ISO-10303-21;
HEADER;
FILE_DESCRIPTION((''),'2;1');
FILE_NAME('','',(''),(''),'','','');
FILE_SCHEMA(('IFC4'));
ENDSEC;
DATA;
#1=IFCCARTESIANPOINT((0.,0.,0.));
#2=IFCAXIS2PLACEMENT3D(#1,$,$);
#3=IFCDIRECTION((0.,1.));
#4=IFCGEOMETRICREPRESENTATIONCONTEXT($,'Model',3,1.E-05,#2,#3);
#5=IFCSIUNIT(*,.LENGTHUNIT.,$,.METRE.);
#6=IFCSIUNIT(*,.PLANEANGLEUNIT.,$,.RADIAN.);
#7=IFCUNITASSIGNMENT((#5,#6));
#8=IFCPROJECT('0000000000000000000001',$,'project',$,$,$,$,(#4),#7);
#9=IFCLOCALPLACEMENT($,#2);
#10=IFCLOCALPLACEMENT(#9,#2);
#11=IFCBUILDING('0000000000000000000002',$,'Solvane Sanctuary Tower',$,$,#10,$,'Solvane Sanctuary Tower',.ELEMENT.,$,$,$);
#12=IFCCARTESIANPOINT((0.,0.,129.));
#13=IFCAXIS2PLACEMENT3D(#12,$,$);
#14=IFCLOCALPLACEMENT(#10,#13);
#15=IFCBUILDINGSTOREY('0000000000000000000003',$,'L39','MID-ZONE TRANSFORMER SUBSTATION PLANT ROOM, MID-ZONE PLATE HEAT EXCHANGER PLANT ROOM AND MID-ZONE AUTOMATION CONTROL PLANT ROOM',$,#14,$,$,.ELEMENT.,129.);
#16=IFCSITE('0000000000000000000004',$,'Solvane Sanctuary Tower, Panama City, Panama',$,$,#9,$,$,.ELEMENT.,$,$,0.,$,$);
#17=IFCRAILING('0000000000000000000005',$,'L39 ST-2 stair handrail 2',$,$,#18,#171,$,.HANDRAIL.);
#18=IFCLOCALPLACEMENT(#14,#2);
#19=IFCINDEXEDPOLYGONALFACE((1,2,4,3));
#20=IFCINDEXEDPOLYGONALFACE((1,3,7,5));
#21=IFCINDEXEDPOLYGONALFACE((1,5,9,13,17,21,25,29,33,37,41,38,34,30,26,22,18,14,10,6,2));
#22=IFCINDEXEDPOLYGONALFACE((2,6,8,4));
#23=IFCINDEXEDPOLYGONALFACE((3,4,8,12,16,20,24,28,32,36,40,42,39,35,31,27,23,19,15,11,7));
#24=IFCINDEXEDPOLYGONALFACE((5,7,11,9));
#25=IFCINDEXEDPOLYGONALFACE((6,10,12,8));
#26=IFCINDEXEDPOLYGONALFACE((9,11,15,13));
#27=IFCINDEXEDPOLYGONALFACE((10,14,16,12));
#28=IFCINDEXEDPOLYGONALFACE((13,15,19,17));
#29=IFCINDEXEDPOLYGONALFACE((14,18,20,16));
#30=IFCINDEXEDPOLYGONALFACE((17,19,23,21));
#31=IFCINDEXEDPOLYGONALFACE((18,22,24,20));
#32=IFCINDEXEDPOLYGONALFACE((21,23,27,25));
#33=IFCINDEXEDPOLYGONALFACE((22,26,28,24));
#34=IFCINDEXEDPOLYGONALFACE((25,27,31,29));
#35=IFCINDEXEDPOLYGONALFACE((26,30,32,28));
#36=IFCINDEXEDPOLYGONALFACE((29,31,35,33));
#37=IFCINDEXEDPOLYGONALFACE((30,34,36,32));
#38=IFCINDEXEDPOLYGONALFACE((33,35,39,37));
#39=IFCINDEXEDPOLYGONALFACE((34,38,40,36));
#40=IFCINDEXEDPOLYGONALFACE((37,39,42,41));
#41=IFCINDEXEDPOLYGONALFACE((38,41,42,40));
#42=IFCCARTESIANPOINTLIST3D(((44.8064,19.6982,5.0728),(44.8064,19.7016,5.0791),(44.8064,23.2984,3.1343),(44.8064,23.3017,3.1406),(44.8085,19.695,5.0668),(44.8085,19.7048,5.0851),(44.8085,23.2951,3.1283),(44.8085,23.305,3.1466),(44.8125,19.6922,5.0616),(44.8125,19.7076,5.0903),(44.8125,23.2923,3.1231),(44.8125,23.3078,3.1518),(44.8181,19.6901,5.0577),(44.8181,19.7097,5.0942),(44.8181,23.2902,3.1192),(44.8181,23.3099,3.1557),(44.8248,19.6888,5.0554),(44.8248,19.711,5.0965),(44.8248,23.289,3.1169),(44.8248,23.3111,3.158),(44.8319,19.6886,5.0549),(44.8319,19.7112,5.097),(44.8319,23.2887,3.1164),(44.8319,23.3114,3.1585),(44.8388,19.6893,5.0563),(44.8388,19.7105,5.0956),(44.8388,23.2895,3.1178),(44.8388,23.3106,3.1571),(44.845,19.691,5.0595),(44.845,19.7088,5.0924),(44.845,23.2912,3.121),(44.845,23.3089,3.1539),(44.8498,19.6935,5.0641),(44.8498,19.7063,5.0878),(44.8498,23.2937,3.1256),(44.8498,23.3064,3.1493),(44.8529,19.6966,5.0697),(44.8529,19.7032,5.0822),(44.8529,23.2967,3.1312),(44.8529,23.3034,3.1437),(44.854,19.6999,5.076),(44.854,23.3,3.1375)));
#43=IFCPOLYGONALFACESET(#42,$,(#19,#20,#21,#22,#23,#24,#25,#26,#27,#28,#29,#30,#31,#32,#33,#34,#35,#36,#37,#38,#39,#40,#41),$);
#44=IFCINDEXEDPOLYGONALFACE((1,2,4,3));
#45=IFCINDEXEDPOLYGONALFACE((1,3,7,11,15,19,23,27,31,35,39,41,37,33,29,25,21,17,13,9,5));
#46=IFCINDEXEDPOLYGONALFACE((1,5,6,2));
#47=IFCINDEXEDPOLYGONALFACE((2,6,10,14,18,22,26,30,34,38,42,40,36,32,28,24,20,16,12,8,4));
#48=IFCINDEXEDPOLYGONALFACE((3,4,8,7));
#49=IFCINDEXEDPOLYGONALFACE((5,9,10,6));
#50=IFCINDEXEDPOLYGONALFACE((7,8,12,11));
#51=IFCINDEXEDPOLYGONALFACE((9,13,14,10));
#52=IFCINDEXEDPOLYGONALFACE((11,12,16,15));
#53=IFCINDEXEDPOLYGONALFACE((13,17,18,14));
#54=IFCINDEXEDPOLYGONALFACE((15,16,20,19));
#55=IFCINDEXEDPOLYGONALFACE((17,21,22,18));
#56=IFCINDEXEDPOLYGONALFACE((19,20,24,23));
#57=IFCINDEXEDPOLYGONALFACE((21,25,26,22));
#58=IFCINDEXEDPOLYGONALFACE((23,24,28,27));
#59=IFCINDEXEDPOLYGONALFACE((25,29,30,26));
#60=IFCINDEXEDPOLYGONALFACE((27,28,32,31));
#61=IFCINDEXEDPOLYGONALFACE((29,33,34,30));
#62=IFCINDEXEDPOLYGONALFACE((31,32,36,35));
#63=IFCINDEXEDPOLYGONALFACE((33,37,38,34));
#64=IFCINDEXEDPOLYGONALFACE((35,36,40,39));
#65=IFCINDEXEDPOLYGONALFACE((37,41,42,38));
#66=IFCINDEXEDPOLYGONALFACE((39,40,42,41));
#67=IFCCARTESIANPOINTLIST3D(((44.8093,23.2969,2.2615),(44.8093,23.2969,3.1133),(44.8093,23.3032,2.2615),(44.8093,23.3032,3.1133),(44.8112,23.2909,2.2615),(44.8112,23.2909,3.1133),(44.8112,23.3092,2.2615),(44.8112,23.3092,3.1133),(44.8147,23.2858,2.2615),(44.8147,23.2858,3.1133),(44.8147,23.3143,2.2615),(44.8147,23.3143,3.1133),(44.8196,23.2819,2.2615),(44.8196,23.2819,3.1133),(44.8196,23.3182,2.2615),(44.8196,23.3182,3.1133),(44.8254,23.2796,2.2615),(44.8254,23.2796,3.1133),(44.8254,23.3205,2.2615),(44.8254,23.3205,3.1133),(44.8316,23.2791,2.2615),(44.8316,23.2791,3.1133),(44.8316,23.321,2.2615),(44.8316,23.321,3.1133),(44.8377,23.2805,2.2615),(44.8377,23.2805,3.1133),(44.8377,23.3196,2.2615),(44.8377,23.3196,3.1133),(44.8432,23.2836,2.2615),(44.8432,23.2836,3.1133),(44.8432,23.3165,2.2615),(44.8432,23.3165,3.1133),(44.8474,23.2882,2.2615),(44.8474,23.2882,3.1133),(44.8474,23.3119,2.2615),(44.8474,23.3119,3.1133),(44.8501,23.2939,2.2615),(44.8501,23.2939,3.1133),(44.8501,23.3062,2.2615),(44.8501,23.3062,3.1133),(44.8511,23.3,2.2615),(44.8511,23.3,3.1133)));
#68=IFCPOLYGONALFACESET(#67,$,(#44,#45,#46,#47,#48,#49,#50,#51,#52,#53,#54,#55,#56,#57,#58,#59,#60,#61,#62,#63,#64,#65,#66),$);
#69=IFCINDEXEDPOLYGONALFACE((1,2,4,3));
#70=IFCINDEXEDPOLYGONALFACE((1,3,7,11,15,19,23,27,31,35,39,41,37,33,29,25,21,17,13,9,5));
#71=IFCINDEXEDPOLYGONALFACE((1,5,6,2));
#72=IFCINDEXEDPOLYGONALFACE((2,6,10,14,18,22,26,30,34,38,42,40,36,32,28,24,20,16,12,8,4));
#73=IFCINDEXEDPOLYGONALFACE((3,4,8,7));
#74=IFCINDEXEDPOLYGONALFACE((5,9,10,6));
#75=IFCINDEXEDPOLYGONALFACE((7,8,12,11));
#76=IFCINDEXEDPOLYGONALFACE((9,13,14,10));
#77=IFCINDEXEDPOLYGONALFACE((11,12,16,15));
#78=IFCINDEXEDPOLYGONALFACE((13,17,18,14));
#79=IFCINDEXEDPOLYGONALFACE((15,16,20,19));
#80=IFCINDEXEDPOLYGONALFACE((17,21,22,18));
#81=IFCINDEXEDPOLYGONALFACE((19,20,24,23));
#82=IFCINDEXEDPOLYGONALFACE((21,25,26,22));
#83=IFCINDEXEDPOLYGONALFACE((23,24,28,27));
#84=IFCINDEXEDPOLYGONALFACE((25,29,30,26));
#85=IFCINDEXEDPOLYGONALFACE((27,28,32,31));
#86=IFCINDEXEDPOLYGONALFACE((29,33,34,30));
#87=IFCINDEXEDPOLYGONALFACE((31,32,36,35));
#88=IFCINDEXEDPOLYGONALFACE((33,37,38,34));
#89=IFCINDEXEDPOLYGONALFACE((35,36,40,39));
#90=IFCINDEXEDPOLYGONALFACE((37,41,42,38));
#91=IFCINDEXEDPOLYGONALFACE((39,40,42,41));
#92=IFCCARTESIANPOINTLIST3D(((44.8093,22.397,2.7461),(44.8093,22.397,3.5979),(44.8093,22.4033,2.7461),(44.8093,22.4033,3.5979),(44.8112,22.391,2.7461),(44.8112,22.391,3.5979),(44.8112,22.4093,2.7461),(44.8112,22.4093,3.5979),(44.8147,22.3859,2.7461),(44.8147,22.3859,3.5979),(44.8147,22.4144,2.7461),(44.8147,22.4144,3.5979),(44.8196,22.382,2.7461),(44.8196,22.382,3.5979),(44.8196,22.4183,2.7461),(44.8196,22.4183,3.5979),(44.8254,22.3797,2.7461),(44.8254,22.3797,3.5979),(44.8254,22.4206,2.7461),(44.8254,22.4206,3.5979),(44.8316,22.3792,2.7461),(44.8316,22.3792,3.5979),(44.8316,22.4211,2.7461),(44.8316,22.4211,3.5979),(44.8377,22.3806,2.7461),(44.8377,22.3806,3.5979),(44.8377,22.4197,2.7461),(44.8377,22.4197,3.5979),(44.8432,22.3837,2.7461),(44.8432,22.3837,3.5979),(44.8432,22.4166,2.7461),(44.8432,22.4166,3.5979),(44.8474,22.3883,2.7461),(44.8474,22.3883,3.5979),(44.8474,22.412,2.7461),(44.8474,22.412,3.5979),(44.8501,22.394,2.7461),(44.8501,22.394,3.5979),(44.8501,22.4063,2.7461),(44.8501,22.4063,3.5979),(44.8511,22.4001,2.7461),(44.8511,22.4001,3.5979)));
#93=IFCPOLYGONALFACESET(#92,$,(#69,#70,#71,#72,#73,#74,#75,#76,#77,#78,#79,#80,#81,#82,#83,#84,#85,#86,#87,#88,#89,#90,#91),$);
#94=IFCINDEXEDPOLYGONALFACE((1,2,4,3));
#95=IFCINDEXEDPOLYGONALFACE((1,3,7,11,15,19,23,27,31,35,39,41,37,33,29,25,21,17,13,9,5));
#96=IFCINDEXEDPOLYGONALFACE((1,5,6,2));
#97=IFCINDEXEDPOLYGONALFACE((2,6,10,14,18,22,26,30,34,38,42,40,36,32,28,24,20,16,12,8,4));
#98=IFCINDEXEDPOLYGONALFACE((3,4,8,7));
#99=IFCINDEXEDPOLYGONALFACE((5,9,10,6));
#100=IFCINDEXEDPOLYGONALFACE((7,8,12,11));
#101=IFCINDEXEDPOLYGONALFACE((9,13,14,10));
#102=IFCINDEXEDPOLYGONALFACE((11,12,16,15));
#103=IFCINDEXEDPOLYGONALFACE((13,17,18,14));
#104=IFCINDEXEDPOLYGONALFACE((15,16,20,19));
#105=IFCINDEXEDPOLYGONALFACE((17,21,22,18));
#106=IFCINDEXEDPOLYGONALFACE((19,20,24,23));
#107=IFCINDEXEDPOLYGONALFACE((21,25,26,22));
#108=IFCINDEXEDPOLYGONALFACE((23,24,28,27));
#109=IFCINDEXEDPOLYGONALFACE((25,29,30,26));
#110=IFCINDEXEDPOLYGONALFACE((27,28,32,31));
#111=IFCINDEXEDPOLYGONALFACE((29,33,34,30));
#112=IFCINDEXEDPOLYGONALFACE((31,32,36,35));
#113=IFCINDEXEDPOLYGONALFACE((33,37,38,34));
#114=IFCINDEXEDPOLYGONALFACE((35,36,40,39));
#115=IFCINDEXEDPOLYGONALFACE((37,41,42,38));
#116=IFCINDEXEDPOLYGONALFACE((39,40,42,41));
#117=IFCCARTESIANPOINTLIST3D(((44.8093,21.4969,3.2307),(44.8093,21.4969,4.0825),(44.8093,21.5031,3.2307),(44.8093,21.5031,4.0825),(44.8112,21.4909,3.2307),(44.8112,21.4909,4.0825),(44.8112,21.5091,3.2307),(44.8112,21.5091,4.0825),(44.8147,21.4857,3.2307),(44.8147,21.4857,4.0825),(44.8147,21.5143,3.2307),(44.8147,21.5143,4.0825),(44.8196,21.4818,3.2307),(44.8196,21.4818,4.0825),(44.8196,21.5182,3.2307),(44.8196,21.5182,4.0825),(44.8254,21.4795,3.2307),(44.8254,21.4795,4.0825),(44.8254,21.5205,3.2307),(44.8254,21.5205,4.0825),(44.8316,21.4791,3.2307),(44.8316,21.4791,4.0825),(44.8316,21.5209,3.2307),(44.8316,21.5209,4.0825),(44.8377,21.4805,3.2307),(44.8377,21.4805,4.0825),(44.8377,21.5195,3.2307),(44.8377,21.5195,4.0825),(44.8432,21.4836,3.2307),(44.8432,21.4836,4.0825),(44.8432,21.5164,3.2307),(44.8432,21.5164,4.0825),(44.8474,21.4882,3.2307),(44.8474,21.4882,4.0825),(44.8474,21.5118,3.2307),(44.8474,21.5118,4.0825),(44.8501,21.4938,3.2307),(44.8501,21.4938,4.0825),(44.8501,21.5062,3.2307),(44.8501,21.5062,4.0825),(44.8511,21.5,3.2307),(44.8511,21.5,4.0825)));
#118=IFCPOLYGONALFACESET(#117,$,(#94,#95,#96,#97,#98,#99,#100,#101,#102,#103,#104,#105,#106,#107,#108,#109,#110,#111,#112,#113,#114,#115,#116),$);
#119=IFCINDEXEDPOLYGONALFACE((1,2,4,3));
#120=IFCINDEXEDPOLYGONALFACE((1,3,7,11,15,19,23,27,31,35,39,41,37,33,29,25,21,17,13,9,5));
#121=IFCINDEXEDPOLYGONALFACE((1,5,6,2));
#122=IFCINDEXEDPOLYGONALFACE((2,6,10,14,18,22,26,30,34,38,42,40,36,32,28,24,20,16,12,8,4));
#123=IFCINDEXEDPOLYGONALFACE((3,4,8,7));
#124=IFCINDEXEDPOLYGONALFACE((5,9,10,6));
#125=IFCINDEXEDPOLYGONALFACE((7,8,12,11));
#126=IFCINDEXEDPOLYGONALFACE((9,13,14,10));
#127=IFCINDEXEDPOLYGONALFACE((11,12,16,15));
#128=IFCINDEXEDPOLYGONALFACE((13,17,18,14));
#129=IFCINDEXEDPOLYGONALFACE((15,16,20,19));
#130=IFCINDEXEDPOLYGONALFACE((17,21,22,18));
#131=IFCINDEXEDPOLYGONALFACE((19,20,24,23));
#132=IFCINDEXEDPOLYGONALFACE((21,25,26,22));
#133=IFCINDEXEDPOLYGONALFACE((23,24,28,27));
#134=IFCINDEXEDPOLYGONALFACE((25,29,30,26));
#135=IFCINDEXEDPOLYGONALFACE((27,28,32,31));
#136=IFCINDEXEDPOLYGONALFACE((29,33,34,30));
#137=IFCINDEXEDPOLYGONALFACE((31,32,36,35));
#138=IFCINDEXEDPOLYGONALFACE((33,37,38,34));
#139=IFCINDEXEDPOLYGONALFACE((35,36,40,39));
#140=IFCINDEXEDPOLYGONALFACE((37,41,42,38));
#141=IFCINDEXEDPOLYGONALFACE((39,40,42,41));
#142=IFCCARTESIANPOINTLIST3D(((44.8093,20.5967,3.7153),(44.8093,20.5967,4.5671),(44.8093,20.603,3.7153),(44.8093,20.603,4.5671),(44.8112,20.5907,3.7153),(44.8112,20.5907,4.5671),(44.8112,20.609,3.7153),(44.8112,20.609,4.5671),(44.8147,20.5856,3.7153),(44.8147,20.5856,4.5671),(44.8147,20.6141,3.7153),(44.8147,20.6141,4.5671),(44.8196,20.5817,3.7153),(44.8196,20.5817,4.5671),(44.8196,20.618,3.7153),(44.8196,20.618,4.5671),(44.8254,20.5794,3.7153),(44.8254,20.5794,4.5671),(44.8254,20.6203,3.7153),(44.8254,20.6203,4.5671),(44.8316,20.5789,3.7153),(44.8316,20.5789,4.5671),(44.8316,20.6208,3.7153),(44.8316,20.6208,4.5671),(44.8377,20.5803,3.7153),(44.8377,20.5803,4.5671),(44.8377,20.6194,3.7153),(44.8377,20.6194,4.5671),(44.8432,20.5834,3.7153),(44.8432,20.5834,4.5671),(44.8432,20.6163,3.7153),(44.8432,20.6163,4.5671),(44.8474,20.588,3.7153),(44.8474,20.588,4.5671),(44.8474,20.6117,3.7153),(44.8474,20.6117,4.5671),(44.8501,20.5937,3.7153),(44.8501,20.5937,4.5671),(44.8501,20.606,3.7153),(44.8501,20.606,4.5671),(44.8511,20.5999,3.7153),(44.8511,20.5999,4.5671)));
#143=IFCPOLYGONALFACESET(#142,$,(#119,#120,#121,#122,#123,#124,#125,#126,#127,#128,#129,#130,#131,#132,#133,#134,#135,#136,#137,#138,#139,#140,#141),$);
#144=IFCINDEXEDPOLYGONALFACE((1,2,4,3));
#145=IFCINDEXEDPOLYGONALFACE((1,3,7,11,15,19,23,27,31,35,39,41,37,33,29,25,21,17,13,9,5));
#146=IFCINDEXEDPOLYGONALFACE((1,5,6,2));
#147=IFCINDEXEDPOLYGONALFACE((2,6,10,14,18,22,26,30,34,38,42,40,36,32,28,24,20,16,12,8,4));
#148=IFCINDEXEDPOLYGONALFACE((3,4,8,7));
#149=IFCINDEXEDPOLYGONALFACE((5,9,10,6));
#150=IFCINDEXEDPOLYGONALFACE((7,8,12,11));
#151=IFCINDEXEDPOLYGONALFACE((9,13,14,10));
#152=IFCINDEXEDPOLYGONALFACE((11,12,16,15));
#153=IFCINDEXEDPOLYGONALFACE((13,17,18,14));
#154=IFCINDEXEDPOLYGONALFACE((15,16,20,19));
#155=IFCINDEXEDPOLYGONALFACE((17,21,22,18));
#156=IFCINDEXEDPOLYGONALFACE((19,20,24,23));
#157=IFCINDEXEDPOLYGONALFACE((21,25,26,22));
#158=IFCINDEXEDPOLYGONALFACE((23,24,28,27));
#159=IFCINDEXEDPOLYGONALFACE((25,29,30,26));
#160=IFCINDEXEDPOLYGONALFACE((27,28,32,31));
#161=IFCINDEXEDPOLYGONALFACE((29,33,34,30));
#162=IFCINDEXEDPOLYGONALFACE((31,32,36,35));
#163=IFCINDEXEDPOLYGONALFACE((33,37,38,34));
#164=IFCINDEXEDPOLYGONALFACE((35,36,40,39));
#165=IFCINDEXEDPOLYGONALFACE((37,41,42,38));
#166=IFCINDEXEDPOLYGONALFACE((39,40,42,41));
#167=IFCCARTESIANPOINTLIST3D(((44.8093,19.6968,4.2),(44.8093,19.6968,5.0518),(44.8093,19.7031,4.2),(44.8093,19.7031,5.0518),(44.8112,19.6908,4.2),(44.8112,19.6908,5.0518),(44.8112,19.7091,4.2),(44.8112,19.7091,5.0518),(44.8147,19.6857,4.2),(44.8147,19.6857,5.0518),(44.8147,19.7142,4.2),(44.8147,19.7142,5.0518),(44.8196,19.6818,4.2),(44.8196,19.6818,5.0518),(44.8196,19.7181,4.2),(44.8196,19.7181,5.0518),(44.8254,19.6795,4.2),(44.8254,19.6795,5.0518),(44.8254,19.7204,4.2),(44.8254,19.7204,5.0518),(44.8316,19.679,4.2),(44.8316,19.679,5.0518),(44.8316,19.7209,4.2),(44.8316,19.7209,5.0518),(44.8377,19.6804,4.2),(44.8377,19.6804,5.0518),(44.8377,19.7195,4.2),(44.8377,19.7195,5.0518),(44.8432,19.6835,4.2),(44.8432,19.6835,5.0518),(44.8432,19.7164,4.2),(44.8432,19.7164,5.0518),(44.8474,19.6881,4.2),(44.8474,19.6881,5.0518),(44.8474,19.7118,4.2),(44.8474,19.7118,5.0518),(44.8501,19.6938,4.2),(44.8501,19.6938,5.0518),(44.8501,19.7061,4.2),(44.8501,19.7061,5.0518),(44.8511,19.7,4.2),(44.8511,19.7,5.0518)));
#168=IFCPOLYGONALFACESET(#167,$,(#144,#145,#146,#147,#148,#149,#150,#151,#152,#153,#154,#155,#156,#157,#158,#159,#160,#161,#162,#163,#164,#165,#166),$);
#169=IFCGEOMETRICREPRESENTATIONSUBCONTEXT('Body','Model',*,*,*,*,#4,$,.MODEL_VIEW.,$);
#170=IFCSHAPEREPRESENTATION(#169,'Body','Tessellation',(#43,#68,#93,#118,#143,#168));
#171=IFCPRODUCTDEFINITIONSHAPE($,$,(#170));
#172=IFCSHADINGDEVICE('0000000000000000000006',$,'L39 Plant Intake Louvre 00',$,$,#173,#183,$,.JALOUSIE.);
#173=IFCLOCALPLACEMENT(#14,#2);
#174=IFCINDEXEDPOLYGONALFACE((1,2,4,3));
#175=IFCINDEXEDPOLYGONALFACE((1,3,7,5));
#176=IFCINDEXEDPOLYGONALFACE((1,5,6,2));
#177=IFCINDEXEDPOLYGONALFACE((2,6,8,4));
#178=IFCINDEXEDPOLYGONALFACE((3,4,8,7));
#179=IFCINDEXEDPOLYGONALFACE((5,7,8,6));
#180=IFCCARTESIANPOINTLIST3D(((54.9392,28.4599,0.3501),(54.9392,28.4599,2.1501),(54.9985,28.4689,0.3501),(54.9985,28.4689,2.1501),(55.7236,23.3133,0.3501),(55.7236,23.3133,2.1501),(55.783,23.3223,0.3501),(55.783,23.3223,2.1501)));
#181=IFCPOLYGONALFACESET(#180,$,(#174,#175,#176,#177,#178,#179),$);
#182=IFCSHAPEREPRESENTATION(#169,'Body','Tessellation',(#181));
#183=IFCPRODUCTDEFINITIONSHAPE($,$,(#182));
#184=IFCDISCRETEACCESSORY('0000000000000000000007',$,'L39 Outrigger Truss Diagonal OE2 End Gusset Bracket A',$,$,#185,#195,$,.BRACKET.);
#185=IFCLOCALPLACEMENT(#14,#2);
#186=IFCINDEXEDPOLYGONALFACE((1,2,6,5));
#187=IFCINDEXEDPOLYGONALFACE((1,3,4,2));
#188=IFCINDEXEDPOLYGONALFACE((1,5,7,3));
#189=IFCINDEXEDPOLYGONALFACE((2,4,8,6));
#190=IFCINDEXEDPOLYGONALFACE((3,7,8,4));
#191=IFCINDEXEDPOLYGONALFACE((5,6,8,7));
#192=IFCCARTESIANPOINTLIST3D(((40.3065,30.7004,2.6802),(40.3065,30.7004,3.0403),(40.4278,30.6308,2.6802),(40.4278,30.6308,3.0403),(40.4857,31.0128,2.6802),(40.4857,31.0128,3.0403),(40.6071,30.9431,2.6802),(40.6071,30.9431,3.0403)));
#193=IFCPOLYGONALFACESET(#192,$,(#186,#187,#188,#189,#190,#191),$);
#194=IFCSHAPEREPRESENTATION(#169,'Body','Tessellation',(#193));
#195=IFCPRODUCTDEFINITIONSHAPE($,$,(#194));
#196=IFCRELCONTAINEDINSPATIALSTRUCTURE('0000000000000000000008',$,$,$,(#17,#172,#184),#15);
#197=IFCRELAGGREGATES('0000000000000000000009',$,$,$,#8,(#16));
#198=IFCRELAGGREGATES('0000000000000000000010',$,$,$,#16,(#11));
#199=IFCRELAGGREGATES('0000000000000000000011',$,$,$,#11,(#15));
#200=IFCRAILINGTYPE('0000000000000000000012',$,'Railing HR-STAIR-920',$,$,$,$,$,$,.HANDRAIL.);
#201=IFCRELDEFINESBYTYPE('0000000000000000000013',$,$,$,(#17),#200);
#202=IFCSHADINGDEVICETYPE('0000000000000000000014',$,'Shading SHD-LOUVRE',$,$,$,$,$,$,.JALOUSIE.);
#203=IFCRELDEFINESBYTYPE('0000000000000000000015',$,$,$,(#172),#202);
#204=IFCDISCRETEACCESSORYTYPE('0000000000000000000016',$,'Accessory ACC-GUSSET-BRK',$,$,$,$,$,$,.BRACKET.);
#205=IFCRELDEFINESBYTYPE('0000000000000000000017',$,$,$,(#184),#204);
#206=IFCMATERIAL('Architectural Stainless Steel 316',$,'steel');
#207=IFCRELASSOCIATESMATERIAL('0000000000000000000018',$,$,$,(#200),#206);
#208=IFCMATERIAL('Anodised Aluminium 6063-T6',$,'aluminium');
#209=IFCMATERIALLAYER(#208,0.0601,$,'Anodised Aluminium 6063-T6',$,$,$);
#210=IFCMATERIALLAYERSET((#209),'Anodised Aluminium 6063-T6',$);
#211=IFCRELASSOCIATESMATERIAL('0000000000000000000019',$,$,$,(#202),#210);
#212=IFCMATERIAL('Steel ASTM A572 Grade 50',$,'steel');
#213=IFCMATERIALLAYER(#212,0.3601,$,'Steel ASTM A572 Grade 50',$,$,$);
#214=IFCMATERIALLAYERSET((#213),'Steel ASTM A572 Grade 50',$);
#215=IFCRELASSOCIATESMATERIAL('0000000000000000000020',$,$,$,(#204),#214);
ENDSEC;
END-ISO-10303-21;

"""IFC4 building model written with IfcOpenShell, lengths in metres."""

from ifc_helpers import new_model, si_unit, direction, frame, origin, origin_2d, place, context, subcontext, project, spatial, rectangle, circle, extrude, material, layer, layer_set, type_object, element, save


model = new_model("IFC4")

# Units and contexts
model_context = context("Model", 3, precision=1e-05, world=origin(), true_north=direction((0.0, 1.0)))
body_context = subcontext(model_context, "Body", "Model", "MODEL_VIEW")
ifc_project = project(units=[si_unit("LENGTHUNIT", "METRE"), si_unit("PLANEANGLEUNIT", "RADIAN")], contexts=[model_context])

# Site, building, storey
site_placement = place(None, origin())
site = spatial("IfcSite", under=ifc_project, at=site_placement, Name="Solvane Sanctuary Tower, Panama City, Panama", CompositionType="ELEMENT", RefElevation=0.0)
building_placement = place(site_placement, origin())
building = spatial("IfcBuilding", under=site, at=building_placement, Name="Solvane Sanctuary Tower", LongName="Solvane Sanctuary Tower", CompositionType="ELEMENT")
storey_placement = place(building_placement, frame((0.0, 0.0, 129.0)))
storey = spatial("IfcBuildingStorey", under=building, at=storey_placement, Name="L39", Description="MID-ZONE TRANSFORMER SUBSTATION PLANT ROOM, MID-ZONE PLATE HEAT EXCHANGER PLANT ROOM AND MID-ZONE AUTOMATION CONTROL PLANT ROOM", CompositionType="ELEMENT", Elevation=129.0)

# Shared definitions
ifc_material_1 = material(Name="Steel ASTM A572 Grade 50", Category="steel")

# Shared definitions
ifc_material_2 = material(Name="Architectural Stainless Steel 316", Category="steel")

# Railing
railing_type_1 = type_object("IfcRailingType", Name="Railing HR-STAIR-920", PredefinedType="HANDRAIL", material=ifc_material_2)
railing_1_placement = place(storey_placement, frame((44.8301, 23.3, 2.2615)))
element("IfcRailing", 1, at=railing_1_placement, inside=storey, type_object=railing_type_1, Name="L39 ST-2 stair handrail 2", PredefinedType="HANDRAIL", context=body_context, shape_type="SweptSolid", body=[
    extrude(circle(Radius=0.0239, at=origin_2d()), frame((0.0, 0.0, 0.876), z_axis=(0.0, -0.880475, 0.474093), x_axis=(1.0, 0.0, 0.0)), (0.0, 0.0, 1.0), 4.0889),
    extrude(circle(Radius=0.021, at=origin_2d()), origin(), (0.0, 0.0, 1.0), 0.8518),
    extrude(circle(Radius=0.021, at=origin_2d()), frame((0.0, -0.8999, 0.4846)), (0.0, 0.0, 1.0), 0.8518),
    extrude(circle(Radius=0.021, at=origin_2d()), frame((0.0, -1.8, 0.9692)), (0.0, 0.0, 1.0), 0.8518),
    extrude(circle(Radius=0.021, at=origin_2d()), frame((0.0, -2.7002, 1.4539)), (0.0, 0.0, 1.0), 0.8518),
    extrude(circle(Radius=0.021, at=origin_2d()), frame((0.0, -3.6001, 1.9385)), (0.0, 0.0, 1.0), 0.8518),
])

# Shading device
ifc_material_3 = material(Name="Anodised Aluminium 6063-T6", Category="aluminium")
ifc_layer_1 = layer(ifc_material_3, 0.0601, Name="Anodised Aluminium 6063-T6")
ifc_layer_set_1 = layer_set([ifc_layer_1], Name="Anodised Aluminium 6063-T6")
shading_device_type = type_object("IfcShadingDeviceType", Name="Shading SHD-LOUVRE", PredefinedType="JALOUSIE", material=ifc_layer_set_1)
shading_device_placement = place(storey_placement, frame((55.3611, 25.8911, 0.3501), z_axis=(0.0, 0.0, 1.0), x_axis=(-0.150686, 0.988582, 0.0)))
element("IfcShadingDevice", 2, at=shading_device_placement, inside=storey, type_object=shading_device_type, Name="L39 Plant Intake Louvre 00", PredefinedType="JALOUSIE", context=body_context, shape_type="SweptSolid", body=[
    extrude(rectangle(XDim=5.2061, YDim=0.0601, at=origin_2d()), origin(), (0.0, 0.0, 1.0), 1.8),
])

# Discrete accessory
ifc_layer_2 = layer(ifc_material_1, 0.3601, Name="Steel ASTM A572 Grade 50")
ifc_layer_set_2 = layer_set([ifc_layer_2], Name="Steel ASTM A572 Grade 50")
discrete_accessory_type = type_object("IfcDiscreteAccessoryType", Name="Accessory ACC-GUSSET-BRK", PredefinedType="BRACKET", material=ifc_layer_set_2)
discrete_accessory_placement = place(storey_placement, frame((40.4568, 30.8218, 2.6802), z_axis=(0.0, 0.0, 1.0), x_axis=(0.497731, 0.867331, 0.0)))
element("IfcDiscreteAccessory", 3, at=discrete_accessory_placement, inside=storey, type_object=discrete_accessory_type, Name="L39 Outrigger Truss Diagonal OE2 End Gusset Bracket A", PredefinedType="BRACKET", context=body_context, shape_type="SweptSolid", body=[
    extrude(rectangle(XDim=0.3601, YDim=0.1399, at=origin_2d()), origin(), (0.0, 0.0, 1.0), 0.3601),
])

save(model, "model.ifc")
